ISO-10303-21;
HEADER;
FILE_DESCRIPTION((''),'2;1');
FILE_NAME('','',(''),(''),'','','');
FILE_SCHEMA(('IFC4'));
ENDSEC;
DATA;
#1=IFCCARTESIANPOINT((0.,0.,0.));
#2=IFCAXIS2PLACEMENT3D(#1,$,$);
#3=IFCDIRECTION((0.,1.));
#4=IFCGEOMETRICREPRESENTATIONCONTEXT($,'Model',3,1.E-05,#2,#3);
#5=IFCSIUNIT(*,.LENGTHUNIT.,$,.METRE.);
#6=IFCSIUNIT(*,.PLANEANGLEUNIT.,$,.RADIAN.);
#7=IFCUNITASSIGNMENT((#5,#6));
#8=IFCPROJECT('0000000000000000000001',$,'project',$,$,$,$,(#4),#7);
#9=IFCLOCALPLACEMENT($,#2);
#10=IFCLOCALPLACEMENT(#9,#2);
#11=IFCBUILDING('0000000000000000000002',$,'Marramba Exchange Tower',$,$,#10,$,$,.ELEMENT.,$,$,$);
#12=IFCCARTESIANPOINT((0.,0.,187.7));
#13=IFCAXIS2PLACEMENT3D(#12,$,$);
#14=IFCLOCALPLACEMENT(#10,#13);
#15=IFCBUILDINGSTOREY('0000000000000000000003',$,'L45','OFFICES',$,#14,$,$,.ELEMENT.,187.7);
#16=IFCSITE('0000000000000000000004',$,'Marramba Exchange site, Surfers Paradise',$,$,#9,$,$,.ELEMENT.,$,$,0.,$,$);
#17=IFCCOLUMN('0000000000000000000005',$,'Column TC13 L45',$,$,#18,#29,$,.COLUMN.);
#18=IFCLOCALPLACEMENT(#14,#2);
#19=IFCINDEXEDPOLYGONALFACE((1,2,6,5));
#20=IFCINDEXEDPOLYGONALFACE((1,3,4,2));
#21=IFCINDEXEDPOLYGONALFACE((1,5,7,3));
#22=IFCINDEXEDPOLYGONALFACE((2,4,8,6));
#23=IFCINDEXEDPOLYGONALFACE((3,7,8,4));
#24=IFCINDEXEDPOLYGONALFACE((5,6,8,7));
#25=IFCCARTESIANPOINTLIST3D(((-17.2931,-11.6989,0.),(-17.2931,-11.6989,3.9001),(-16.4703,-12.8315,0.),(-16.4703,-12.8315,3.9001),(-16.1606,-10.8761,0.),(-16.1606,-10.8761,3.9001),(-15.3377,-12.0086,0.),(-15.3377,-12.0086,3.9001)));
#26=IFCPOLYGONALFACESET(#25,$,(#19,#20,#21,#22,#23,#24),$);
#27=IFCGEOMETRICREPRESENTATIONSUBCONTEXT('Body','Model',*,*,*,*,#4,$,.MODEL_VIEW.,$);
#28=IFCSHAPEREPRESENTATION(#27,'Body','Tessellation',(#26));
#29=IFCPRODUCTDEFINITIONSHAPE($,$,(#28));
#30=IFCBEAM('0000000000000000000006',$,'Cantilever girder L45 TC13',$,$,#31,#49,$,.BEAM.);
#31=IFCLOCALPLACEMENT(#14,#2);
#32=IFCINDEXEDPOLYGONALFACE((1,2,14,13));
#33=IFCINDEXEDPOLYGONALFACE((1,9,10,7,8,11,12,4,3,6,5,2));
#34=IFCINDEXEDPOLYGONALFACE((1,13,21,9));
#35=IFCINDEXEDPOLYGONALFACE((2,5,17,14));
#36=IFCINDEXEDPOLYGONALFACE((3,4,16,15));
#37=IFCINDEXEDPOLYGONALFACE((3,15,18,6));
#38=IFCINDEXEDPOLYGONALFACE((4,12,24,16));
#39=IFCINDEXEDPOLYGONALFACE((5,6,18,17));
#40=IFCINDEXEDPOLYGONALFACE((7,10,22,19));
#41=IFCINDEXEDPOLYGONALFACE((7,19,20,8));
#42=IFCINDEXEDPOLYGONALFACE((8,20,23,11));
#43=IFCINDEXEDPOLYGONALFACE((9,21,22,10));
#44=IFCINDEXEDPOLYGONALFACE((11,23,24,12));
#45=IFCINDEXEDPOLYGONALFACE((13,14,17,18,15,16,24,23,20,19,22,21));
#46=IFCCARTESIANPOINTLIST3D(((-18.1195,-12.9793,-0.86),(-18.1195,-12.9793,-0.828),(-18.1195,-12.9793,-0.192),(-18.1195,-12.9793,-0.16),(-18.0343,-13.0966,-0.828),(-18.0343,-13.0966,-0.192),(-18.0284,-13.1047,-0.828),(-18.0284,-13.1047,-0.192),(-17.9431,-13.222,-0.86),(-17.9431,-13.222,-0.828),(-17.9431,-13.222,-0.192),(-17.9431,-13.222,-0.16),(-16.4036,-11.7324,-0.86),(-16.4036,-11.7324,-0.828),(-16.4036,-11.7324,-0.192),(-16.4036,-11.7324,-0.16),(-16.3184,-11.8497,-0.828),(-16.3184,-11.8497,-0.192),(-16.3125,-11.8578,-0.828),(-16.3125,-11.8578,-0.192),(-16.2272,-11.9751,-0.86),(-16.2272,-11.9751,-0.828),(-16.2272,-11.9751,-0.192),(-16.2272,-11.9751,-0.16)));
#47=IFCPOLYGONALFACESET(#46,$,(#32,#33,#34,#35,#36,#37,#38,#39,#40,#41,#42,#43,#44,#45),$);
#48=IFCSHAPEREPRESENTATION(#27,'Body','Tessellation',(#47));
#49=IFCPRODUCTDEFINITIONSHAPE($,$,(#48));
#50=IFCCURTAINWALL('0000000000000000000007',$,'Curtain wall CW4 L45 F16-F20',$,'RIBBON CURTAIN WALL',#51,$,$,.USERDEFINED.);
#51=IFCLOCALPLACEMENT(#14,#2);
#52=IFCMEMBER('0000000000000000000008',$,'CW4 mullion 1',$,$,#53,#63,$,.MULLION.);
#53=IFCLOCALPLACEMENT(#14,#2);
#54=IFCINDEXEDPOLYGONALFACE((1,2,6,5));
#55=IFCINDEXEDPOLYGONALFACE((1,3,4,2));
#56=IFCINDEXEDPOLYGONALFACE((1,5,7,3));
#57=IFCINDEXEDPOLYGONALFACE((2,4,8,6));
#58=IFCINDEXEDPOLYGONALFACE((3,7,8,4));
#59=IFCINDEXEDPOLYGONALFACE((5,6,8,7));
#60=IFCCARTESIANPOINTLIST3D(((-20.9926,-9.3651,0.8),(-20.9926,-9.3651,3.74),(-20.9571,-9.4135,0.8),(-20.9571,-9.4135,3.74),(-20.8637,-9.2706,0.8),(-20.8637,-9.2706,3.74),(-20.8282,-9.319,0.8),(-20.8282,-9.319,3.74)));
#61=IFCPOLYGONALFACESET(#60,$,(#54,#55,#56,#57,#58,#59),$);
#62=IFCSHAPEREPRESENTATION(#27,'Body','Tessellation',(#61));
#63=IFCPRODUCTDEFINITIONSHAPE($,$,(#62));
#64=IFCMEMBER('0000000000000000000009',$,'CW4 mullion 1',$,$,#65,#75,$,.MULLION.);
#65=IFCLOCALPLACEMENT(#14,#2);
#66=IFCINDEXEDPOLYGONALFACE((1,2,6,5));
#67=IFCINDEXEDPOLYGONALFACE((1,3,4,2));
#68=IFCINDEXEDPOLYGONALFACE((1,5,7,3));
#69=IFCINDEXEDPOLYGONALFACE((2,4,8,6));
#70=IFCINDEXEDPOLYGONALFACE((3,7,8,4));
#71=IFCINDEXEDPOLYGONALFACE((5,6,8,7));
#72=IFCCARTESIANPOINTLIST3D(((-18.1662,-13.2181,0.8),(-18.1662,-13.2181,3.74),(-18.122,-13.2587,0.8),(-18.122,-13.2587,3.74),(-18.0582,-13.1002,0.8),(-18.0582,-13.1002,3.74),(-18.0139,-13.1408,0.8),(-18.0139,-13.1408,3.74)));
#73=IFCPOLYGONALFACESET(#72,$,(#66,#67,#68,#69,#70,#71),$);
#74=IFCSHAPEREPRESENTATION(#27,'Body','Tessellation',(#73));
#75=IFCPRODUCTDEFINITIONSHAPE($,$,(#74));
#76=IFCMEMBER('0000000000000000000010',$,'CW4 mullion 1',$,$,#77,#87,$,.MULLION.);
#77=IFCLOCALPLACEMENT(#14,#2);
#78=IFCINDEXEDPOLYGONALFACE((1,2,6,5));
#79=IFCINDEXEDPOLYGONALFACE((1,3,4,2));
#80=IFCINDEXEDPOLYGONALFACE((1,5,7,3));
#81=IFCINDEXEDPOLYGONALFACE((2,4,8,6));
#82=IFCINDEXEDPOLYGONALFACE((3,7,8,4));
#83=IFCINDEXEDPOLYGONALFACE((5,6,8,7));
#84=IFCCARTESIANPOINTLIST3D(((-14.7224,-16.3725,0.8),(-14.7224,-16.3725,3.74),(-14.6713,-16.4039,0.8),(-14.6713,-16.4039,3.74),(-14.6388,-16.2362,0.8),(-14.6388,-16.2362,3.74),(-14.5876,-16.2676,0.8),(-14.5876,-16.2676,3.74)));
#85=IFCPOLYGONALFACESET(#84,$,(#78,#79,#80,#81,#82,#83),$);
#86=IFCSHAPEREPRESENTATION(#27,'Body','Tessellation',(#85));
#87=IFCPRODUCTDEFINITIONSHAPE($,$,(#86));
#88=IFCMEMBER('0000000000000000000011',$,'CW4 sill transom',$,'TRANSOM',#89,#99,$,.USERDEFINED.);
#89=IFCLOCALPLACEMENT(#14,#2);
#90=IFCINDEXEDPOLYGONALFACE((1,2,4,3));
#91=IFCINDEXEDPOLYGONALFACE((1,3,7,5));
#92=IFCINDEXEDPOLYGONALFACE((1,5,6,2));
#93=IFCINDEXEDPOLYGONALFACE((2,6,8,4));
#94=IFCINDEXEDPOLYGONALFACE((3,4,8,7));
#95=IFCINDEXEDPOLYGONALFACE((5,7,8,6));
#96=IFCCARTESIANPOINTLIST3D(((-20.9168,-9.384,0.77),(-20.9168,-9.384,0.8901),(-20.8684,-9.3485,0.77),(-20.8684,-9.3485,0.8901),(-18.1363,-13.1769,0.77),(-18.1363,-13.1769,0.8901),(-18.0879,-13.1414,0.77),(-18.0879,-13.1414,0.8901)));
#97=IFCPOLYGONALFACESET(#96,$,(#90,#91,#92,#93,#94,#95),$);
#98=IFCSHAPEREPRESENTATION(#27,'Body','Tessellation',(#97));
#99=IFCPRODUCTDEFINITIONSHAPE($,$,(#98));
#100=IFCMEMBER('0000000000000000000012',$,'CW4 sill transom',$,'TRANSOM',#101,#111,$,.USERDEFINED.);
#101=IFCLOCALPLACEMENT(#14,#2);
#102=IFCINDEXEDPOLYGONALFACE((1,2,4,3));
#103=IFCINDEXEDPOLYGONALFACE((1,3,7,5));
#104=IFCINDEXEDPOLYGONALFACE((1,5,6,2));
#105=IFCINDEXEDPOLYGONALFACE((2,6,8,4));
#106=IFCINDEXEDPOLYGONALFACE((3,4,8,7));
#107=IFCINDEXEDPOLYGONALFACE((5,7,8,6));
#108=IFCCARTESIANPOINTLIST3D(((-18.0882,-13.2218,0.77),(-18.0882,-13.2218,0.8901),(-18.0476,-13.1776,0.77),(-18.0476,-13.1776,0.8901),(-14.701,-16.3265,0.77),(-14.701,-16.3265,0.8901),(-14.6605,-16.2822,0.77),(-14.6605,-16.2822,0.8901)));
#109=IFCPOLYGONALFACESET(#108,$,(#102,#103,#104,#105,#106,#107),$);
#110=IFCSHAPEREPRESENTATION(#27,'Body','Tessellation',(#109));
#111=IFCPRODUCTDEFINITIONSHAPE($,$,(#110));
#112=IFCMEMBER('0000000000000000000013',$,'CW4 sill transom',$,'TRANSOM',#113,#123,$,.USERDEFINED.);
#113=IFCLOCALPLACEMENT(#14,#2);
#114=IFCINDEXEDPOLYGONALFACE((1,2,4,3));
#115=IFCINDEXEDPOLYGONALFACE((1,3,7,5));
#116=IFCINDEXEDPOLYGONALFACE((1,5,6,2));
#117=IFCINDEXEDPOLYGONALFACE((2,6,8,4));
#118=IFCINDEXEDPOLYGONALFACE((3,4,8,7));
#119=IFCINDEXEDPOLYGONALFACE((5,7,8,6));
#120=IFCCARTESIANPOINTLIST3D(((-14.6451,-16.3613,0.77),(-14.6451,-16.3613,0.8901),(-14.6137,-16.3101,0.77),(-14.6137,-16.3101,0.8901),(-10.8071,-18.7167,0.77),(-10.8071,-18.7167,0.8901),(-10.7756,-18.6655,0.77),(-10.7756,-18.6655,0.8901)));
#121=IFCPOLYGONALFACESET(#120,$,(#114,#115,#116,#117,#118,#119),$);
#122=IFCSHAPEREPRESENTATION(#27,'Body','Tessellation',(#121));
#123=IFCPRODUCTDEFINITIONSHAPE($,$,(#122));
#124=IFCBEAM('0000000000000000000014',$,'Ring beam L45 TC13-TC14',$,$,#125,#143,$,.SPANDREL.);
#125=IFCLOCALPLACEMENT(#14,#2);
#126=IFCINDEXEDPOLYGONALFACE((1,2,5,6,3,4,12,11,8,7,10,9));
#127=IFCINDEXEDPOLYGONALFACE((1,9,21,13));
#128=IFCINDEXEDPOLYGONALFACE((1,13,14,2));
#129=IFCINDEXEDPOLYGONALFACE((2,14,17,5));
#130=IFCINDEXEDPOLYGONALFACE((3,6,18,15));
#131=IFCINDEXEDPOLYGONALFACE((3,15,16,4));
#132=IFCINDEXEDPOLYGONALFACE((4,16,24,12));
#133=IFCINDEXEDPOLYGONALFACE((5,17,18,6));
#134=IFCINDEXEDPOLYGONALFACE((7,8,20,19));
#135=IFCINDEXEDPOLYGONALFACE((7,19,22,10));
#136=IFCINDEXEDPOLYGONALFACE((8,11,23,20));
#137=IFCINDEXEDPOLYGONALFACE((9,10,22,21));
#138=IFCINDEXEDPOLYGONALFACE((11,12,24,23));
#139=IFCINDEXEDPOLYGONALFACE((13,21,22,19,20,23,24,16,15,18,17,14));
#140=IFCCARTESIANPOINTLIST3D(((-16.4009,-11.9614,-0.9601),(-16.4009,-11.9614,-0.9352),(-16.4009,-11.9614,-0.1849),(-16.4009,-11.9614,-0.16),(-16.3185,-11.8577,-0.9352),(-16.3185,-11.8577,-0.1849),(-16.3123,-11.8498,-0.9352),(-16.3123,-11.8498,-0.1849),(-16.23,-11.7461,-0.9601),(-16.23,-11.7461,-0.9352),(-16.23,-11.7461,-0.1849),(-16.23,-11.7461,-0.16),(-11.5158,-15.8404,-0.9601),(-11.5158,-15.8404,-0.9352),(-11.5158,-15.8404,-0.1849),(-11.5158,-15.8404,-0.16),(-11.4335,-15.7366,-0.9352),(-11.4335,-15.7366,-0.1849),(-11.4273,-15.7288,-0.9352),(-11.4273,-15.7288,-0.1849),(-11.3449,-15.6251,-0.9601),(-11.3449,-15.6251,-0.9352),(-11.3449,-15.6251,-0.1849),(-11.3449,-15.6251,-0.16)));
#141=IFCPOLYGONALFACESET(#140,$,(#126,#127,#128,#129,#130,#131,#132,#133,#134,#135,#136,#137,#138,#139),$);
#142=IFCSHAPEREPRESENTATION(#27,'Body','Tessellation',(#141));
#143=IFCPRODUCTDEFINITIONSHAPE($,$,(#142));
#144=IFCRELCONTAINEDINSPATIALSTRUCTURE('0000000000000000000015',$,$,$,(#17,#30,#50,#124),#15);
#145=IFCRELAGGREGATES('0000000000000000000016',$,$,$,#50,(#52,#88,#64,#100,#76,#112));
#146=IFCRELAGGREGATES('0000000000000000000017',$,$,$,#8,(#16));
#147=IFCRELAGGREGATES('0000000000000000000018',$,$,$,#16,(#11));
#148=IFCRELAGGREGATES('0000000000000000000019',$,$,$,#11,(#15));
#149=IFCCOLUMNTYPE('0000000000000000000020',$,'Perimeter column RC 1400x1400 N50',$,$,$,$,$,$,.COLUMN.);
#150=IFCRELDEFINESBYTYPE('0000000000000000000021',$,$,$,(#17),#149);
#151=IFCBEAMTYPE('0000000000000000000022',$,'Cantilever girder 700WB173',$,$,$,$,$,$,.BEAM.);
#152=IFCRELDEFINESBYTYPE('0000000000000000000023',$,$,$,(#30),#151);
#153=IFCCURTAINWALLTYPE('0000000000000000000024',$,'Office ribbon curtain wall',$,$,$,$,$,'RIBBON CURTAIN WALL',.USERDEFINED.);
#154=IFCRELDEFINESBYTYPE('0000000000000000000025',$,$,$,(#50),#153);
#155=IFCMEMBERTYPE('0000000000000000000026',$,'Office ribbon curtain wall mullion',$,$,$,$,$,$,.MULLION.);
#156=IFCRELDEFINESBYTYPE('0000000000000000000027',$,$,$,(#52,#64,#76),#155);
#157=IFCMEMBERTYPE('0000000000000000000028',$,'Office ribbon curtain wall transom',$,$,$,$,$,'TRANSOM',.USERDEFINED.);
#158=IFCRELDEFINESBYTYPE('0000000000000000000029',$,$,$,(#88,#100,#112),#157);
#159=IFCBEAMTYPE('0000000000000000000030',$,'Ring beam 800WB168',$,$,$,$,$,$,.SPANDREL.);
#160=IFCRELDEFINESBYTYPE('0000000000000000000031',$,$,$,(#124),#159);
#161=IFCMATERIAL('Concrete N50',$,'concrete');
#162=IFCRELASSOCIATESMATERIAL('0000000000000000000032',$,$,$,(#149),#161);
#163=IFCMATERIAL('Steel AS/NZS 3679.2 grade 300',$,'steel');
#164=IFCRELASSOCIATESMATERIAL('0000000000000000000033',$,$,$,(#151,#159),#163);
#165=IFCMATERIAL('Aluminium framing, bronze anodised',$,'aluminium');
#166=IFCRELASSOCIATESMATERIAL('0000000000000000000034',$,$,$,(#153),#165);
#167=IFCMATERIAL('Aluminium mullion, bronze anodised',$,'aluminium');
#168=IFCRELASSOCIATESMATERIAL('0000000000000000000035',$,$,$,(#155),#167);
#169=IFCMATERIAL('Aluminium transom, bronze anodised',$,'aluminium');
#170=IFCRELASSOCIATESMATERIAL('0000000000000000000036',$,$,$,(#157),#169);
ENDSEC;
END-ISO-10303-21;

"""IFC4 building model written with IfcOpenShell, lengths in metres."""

from ifc_helpers import new_model, si_unit, direction, frame, origin, origin_2d, place, context, subcontext, project, spatial, rectangle, i_section, extrude, material, material_profile, profile_set, type_object, element, aggregate, save


model = new_model("IFC4")

# Units and contexts
model_context = context("Model", 3, precision=1e-05, world=origin(), true_north=direction((0.0, 1.0)))
body_context = subcontext(model_context, "Body", "Model", "MODEL_VIEW")
ifc_project = project(units=[si_unit("LENGTHUNIT", "METRE"), si_unit("PLANEANGLEUNIT", "RADIAN")], contexts=[model_context])

# Site, building, storey
site_placement = place(None, origin())
site = spatial("IfcSite", under=ifc_project, at=site_placement, Name="Marramba Exchange site, Surfers Paradise", CompositionType="ELEMENT", RefElevation=0.0)
building_placement = place(site_placement, origin())
building = spatial("IfcBuilding", under=site, at=building_placement, Name="Marramba Exchange Tower", CompositionType="ELEMENT")
storey_placement = place(building_placement, frame((0.0, 0.0, 187.7)))
storey = spatial("IfcBuildingStorey", under=building, at=storey_placement, Name="L45", Description="OFFICES", CompositionType="ELEMENT", Elevation=187.7)

# Column
ifc_material_1 = material(Name="Concrete N50", Category="concrete")
ifc_material_profile_1 = material_profile(ifc_material_1, rectangle(XDim=1.3999, YDim=1.3999, at=origin_2d()), Name="RC 1400x1400")
ifc_profile_set_1 = profile_set([ifc_material_profile_1], Name="Concrete N50")
column_type = type_object("IfcColumnType", Name="Perimeter column RC 1400x1400 N50", PredefinedType="COLUMN", material=ifc_profile_set_1)
column_placement = place(storey_placement, frame((-16.3154, -11.8538, 0.0), z_axis=(0.0, 0.0, 1.0), x_axis=(-0.809017, -0.587785, 0.0)))
element("IfcColumn", 1, at=column_placement, inside=storey, type_object=column_type, Name="Column TC13 L45", PredefinedType="COLUMN", context=body_context, shape_type="SweptSolid", body=[
    extrude(rectangle(XDim=1.3999, YDim=1.3999, at=origin_2d()), origin(), (0.0, 0.0, 1.0), 3.9001),
])

# Beam
ifc_material_2 = material(Name="Steel AS/NZS 3679.2 grade 300", Category="steel")
ifc_material_profile_2 = material_profile(ifc_material_2, i_section(OverallWidth=0.3, OverallDepth=0.7, WebThickness=0.01, FlangeThickness=0.032, at=origin_2d()), Name="700WB173")
ifc_profile_set_2 = profile_set([ifc_material_profile_2], Name="Steel AS/NZS 3679.2 grade 300")
beam_type_1 = type_object("IfcBeamType", Name="Cantilever girder 700WB173", PredefinedType="BEAM", material=ifc_profile_set_2)
beam_1_placement = place(storey_placement, frame((-16.3154, -11.8538, -0.51), z_axis=(-0.80897, -0.58785, 0.0), x_axis=(0.58785, -0.80897, 0.0)))
element("IfcBeam", 2, at=beam_1_placement, inside=storey, type_object=beam_type_1, Name="Cantilever girder L45 TC13", PredefinedType="BEAM", context=body_context, shape_type="SweptSolid", body=[
    extrude(i_section(OverallWidth=0.3, OverallDepth=0.7, WebThickness=0.01, FlangeThickness=0.032, at=origin_2d()), origin(), (0.0, 0.0, 1.0), 2.1211),
])

# Curtain wall, members
ifc_material_3 = material(Name="Aluminium framing, bronze anodised", Category="aluminium")
curtain_wall_type = type_object("IfcCurtainWallType", Name="Office ribbon curtain wall", ElementType="RIBBON CURTAIN WALL", PredefinedType="USERDEFINED", material=ifc_material_3)
curtain_wall_placement = place(storey_placement, origin())
curtain_wall = element("IfcCurtainWall", 3, at=curtain_wall_placement, inside=storey, type_object=curtain_wall_type, Name="Curtain wall CW4 L45 F16-F20", ObjectType="RIBBON CURTAIN WALL", PredefinedType="USERDEFINED")
ifc_material_4 = material(Name="Aluminium mullion, bronze anodised", Category="aluminium")
ifc_material_profile_3 = material_profile(ifc_material_4, rectangle(XDim=0.1599, YDim=0.0601, at=origin_2d()), Name="CW4 mullion 60x160")
ifc_profile_set_3 = profile_set([ifc_material_profile_3], Name="Aluminium mullion, bronze anodised")
member_type_1 = type_object("IfcMemberType", Name="Office ribbon curtain wall mullion", PredefinedType="MULLION", material=ifc_profile_set_3)
member_1_placement = place(storey_placement, frame((-20.9104, -9.342, 0.8), z_axis=(0.0, 0.0, 1.0), x_axis=(0.806508, 0.591223, 0.0)))
member_1 = element("IfcMember", 4, at=member_1_placement, type_object=member_type_1, Name="CW4 mullion 1", PredefinedType="MULLION", context=body_context, shape_type="SweptSolid", body=[
    extrude(rectangle(XDim=0.1599, YDim=0.0601, at=origin_2d()), origin(), (0.0, 0.0, 1.0), 2.9399),
])
member_2_placement = place(storey_placement, frame((-18.0901, -13.1794, 0.8), z_axis=(0.0, 0.0, 1.0), x_axis=(0.675671, 0.737203, 0.0)))
member_2 = element("IfcMember", 5, at=member_2_placement, type_object=member_type_1, Name="CW4 mullion 1", PredefinedType="MULLION", context=body_context, shape_type="SweptSolid", body=[
    extrude(rectangle(XDim=0.1599, YDim=0.0601, at=origin_2d()), origin(), (0.0, 0.0, 1.0), 2.9399),
])
member_3_placement = place(storey_placement, frame((-14.655, -16.3201, 0.8), z_axis=(0.0, 0.0, 1.0), x_axis=(0.523052, 0.852301, 0.0)))
member_3 = element("IfcMember", 6, at=member_3_placement, type_object=member_type_1, Name="CW4 mullion 1", PredefinedType="MULLION", context=body_context, shape_type="SweptSolid", body=[
    extrude(rectangle(XDim=0.1599, YDim=0.0601, at=origin_2d()), origin(), (0.0, 0.0, 1.0), 2.9399),
])
ifc_material_5 = material(Name="Aluminium transom, bronze anodised", Category="aluminium")
ifc_material_profile_4 = material_profile(ifc_material_5, rectangle(XDim=0.0601, YDim=0.1201, at=origin_2d()), Name="CW4 transom 60x120")
ifc_profile_set_4 = profile_set([ifc_material_profile_4], Name="Aluminium transom, bronze anodised")
member_type_2 = type_object("IfcMemberType", Name="Office ribbon curtain wall transom", ElementType="TRANSOM", PredefinedType="USERDEFINED", material=ifc_profile_set_4)
member_4_placement = place(storey_placement, frame((-20.8926, -9.3662, 0.8301), z_axis=(0.591226, -0.806506, 0.0), x_axis=(0.806506, 0.591226, 0.0)))
member_4 = element("IfcMember", 7, at=member_4_placement, type_object=member_type_2, Name="CW4 sill transom", ObjectType="TRANSOM", PredefinedType="USERDEFINED", context=body_context, shape_type="SweptSolid", body=[
    extrude(rectangle(XDim=0.0601, YDim=0.1201, at=origin_2d()), origin(), (0.0, 0.0, 1.0), 4.7029),
])
member_5_placement = place(storey_placement, frame((-18.0679, -13.1997, 0.8301), z_axis=(0.737176, -0.675701, 0.0), x_axis=(0.675701, 0.737176, 0.0)))
member_5 = element("IfcMember", 8, at=member_5_placement, type_object=member_type_2, Name="CW4 sill transom", ObjectType="TRANSOM", PredefinedType="USERDEFINED", context=body_context, shape_type="SweptSolid", body=[
    extrude(rectangle(XDim=0.0601, YDim=0.1201, at=origin_2d()), origin(), (0.0, 0.0, 1.0), 4.5947),
])
member_6_placement = place(storey_placement, frame((-14.6294, -16.3357, 0.8301), z_axis=(0.852298, -0.523056, 0.0), x_axis=(0.523056, 0.852298, 0.0)))
member_6 = element("IfcMember", 9, at=member_6_placement, type_object=member_type_2, Name="CW4 sill transom", ObjectType="TRANSOM", PredefinedType="USERDEFINED", context=body_context, shape_type="SweptSolid", body=[
    extrude(rectangle(XDim=0.0601, YDim=0.1201, at=origin_2d()), origin(), (0.0, 0.0, 1.0), 4.5032),
])

# Beam
ifc_material_profile_5 = material_profile(ifc_material_2, i_section(OverallWidth=0.2749, OverallDepth=0.8, WebThickness=0.01, FlangeThickness=0.0249, at=origin_2d()), Name="800WB168")
ifc_profile_set_5 = profile_set([ifc_material_profile_5], Name="Steel AS/NZS 3679.2 grade 300")
beam_type_2 = type_object("IfcBeamType", Name="Ring beam 800WB168", PredefinedType="SPANDREL", material=ifc_profile_set_5)
beam_2_placement = place(storey_placement, frame((-16.3154, -11.8538, -0.5601), z_axis=(0.783139, -0.621846, 0.0), x_axis=(0.621846, 0.783139, 0.0)))
element("IfcBeam", 10, at=beam_2_placement, inside=storey, type_object=beam_type_2, Name="Ring beam L45 TC13-TC14", PredefinedType="SPANDREL", context=body_context, shape_type="SweptSolid", body=[
    extrude(i_section(OverallWidth=0.2749, OverallDepth=0.8, WebThickness=0.01, FlangeThickness=0.0249, at=origin_2d()), origin(), (0.0, 0.0, 1.0), 6.2378),
])

aggregate(curtain_wall, [member_1, member_4, member_2, member_5, member_3, member_6])

save(model, "model.ifc")
